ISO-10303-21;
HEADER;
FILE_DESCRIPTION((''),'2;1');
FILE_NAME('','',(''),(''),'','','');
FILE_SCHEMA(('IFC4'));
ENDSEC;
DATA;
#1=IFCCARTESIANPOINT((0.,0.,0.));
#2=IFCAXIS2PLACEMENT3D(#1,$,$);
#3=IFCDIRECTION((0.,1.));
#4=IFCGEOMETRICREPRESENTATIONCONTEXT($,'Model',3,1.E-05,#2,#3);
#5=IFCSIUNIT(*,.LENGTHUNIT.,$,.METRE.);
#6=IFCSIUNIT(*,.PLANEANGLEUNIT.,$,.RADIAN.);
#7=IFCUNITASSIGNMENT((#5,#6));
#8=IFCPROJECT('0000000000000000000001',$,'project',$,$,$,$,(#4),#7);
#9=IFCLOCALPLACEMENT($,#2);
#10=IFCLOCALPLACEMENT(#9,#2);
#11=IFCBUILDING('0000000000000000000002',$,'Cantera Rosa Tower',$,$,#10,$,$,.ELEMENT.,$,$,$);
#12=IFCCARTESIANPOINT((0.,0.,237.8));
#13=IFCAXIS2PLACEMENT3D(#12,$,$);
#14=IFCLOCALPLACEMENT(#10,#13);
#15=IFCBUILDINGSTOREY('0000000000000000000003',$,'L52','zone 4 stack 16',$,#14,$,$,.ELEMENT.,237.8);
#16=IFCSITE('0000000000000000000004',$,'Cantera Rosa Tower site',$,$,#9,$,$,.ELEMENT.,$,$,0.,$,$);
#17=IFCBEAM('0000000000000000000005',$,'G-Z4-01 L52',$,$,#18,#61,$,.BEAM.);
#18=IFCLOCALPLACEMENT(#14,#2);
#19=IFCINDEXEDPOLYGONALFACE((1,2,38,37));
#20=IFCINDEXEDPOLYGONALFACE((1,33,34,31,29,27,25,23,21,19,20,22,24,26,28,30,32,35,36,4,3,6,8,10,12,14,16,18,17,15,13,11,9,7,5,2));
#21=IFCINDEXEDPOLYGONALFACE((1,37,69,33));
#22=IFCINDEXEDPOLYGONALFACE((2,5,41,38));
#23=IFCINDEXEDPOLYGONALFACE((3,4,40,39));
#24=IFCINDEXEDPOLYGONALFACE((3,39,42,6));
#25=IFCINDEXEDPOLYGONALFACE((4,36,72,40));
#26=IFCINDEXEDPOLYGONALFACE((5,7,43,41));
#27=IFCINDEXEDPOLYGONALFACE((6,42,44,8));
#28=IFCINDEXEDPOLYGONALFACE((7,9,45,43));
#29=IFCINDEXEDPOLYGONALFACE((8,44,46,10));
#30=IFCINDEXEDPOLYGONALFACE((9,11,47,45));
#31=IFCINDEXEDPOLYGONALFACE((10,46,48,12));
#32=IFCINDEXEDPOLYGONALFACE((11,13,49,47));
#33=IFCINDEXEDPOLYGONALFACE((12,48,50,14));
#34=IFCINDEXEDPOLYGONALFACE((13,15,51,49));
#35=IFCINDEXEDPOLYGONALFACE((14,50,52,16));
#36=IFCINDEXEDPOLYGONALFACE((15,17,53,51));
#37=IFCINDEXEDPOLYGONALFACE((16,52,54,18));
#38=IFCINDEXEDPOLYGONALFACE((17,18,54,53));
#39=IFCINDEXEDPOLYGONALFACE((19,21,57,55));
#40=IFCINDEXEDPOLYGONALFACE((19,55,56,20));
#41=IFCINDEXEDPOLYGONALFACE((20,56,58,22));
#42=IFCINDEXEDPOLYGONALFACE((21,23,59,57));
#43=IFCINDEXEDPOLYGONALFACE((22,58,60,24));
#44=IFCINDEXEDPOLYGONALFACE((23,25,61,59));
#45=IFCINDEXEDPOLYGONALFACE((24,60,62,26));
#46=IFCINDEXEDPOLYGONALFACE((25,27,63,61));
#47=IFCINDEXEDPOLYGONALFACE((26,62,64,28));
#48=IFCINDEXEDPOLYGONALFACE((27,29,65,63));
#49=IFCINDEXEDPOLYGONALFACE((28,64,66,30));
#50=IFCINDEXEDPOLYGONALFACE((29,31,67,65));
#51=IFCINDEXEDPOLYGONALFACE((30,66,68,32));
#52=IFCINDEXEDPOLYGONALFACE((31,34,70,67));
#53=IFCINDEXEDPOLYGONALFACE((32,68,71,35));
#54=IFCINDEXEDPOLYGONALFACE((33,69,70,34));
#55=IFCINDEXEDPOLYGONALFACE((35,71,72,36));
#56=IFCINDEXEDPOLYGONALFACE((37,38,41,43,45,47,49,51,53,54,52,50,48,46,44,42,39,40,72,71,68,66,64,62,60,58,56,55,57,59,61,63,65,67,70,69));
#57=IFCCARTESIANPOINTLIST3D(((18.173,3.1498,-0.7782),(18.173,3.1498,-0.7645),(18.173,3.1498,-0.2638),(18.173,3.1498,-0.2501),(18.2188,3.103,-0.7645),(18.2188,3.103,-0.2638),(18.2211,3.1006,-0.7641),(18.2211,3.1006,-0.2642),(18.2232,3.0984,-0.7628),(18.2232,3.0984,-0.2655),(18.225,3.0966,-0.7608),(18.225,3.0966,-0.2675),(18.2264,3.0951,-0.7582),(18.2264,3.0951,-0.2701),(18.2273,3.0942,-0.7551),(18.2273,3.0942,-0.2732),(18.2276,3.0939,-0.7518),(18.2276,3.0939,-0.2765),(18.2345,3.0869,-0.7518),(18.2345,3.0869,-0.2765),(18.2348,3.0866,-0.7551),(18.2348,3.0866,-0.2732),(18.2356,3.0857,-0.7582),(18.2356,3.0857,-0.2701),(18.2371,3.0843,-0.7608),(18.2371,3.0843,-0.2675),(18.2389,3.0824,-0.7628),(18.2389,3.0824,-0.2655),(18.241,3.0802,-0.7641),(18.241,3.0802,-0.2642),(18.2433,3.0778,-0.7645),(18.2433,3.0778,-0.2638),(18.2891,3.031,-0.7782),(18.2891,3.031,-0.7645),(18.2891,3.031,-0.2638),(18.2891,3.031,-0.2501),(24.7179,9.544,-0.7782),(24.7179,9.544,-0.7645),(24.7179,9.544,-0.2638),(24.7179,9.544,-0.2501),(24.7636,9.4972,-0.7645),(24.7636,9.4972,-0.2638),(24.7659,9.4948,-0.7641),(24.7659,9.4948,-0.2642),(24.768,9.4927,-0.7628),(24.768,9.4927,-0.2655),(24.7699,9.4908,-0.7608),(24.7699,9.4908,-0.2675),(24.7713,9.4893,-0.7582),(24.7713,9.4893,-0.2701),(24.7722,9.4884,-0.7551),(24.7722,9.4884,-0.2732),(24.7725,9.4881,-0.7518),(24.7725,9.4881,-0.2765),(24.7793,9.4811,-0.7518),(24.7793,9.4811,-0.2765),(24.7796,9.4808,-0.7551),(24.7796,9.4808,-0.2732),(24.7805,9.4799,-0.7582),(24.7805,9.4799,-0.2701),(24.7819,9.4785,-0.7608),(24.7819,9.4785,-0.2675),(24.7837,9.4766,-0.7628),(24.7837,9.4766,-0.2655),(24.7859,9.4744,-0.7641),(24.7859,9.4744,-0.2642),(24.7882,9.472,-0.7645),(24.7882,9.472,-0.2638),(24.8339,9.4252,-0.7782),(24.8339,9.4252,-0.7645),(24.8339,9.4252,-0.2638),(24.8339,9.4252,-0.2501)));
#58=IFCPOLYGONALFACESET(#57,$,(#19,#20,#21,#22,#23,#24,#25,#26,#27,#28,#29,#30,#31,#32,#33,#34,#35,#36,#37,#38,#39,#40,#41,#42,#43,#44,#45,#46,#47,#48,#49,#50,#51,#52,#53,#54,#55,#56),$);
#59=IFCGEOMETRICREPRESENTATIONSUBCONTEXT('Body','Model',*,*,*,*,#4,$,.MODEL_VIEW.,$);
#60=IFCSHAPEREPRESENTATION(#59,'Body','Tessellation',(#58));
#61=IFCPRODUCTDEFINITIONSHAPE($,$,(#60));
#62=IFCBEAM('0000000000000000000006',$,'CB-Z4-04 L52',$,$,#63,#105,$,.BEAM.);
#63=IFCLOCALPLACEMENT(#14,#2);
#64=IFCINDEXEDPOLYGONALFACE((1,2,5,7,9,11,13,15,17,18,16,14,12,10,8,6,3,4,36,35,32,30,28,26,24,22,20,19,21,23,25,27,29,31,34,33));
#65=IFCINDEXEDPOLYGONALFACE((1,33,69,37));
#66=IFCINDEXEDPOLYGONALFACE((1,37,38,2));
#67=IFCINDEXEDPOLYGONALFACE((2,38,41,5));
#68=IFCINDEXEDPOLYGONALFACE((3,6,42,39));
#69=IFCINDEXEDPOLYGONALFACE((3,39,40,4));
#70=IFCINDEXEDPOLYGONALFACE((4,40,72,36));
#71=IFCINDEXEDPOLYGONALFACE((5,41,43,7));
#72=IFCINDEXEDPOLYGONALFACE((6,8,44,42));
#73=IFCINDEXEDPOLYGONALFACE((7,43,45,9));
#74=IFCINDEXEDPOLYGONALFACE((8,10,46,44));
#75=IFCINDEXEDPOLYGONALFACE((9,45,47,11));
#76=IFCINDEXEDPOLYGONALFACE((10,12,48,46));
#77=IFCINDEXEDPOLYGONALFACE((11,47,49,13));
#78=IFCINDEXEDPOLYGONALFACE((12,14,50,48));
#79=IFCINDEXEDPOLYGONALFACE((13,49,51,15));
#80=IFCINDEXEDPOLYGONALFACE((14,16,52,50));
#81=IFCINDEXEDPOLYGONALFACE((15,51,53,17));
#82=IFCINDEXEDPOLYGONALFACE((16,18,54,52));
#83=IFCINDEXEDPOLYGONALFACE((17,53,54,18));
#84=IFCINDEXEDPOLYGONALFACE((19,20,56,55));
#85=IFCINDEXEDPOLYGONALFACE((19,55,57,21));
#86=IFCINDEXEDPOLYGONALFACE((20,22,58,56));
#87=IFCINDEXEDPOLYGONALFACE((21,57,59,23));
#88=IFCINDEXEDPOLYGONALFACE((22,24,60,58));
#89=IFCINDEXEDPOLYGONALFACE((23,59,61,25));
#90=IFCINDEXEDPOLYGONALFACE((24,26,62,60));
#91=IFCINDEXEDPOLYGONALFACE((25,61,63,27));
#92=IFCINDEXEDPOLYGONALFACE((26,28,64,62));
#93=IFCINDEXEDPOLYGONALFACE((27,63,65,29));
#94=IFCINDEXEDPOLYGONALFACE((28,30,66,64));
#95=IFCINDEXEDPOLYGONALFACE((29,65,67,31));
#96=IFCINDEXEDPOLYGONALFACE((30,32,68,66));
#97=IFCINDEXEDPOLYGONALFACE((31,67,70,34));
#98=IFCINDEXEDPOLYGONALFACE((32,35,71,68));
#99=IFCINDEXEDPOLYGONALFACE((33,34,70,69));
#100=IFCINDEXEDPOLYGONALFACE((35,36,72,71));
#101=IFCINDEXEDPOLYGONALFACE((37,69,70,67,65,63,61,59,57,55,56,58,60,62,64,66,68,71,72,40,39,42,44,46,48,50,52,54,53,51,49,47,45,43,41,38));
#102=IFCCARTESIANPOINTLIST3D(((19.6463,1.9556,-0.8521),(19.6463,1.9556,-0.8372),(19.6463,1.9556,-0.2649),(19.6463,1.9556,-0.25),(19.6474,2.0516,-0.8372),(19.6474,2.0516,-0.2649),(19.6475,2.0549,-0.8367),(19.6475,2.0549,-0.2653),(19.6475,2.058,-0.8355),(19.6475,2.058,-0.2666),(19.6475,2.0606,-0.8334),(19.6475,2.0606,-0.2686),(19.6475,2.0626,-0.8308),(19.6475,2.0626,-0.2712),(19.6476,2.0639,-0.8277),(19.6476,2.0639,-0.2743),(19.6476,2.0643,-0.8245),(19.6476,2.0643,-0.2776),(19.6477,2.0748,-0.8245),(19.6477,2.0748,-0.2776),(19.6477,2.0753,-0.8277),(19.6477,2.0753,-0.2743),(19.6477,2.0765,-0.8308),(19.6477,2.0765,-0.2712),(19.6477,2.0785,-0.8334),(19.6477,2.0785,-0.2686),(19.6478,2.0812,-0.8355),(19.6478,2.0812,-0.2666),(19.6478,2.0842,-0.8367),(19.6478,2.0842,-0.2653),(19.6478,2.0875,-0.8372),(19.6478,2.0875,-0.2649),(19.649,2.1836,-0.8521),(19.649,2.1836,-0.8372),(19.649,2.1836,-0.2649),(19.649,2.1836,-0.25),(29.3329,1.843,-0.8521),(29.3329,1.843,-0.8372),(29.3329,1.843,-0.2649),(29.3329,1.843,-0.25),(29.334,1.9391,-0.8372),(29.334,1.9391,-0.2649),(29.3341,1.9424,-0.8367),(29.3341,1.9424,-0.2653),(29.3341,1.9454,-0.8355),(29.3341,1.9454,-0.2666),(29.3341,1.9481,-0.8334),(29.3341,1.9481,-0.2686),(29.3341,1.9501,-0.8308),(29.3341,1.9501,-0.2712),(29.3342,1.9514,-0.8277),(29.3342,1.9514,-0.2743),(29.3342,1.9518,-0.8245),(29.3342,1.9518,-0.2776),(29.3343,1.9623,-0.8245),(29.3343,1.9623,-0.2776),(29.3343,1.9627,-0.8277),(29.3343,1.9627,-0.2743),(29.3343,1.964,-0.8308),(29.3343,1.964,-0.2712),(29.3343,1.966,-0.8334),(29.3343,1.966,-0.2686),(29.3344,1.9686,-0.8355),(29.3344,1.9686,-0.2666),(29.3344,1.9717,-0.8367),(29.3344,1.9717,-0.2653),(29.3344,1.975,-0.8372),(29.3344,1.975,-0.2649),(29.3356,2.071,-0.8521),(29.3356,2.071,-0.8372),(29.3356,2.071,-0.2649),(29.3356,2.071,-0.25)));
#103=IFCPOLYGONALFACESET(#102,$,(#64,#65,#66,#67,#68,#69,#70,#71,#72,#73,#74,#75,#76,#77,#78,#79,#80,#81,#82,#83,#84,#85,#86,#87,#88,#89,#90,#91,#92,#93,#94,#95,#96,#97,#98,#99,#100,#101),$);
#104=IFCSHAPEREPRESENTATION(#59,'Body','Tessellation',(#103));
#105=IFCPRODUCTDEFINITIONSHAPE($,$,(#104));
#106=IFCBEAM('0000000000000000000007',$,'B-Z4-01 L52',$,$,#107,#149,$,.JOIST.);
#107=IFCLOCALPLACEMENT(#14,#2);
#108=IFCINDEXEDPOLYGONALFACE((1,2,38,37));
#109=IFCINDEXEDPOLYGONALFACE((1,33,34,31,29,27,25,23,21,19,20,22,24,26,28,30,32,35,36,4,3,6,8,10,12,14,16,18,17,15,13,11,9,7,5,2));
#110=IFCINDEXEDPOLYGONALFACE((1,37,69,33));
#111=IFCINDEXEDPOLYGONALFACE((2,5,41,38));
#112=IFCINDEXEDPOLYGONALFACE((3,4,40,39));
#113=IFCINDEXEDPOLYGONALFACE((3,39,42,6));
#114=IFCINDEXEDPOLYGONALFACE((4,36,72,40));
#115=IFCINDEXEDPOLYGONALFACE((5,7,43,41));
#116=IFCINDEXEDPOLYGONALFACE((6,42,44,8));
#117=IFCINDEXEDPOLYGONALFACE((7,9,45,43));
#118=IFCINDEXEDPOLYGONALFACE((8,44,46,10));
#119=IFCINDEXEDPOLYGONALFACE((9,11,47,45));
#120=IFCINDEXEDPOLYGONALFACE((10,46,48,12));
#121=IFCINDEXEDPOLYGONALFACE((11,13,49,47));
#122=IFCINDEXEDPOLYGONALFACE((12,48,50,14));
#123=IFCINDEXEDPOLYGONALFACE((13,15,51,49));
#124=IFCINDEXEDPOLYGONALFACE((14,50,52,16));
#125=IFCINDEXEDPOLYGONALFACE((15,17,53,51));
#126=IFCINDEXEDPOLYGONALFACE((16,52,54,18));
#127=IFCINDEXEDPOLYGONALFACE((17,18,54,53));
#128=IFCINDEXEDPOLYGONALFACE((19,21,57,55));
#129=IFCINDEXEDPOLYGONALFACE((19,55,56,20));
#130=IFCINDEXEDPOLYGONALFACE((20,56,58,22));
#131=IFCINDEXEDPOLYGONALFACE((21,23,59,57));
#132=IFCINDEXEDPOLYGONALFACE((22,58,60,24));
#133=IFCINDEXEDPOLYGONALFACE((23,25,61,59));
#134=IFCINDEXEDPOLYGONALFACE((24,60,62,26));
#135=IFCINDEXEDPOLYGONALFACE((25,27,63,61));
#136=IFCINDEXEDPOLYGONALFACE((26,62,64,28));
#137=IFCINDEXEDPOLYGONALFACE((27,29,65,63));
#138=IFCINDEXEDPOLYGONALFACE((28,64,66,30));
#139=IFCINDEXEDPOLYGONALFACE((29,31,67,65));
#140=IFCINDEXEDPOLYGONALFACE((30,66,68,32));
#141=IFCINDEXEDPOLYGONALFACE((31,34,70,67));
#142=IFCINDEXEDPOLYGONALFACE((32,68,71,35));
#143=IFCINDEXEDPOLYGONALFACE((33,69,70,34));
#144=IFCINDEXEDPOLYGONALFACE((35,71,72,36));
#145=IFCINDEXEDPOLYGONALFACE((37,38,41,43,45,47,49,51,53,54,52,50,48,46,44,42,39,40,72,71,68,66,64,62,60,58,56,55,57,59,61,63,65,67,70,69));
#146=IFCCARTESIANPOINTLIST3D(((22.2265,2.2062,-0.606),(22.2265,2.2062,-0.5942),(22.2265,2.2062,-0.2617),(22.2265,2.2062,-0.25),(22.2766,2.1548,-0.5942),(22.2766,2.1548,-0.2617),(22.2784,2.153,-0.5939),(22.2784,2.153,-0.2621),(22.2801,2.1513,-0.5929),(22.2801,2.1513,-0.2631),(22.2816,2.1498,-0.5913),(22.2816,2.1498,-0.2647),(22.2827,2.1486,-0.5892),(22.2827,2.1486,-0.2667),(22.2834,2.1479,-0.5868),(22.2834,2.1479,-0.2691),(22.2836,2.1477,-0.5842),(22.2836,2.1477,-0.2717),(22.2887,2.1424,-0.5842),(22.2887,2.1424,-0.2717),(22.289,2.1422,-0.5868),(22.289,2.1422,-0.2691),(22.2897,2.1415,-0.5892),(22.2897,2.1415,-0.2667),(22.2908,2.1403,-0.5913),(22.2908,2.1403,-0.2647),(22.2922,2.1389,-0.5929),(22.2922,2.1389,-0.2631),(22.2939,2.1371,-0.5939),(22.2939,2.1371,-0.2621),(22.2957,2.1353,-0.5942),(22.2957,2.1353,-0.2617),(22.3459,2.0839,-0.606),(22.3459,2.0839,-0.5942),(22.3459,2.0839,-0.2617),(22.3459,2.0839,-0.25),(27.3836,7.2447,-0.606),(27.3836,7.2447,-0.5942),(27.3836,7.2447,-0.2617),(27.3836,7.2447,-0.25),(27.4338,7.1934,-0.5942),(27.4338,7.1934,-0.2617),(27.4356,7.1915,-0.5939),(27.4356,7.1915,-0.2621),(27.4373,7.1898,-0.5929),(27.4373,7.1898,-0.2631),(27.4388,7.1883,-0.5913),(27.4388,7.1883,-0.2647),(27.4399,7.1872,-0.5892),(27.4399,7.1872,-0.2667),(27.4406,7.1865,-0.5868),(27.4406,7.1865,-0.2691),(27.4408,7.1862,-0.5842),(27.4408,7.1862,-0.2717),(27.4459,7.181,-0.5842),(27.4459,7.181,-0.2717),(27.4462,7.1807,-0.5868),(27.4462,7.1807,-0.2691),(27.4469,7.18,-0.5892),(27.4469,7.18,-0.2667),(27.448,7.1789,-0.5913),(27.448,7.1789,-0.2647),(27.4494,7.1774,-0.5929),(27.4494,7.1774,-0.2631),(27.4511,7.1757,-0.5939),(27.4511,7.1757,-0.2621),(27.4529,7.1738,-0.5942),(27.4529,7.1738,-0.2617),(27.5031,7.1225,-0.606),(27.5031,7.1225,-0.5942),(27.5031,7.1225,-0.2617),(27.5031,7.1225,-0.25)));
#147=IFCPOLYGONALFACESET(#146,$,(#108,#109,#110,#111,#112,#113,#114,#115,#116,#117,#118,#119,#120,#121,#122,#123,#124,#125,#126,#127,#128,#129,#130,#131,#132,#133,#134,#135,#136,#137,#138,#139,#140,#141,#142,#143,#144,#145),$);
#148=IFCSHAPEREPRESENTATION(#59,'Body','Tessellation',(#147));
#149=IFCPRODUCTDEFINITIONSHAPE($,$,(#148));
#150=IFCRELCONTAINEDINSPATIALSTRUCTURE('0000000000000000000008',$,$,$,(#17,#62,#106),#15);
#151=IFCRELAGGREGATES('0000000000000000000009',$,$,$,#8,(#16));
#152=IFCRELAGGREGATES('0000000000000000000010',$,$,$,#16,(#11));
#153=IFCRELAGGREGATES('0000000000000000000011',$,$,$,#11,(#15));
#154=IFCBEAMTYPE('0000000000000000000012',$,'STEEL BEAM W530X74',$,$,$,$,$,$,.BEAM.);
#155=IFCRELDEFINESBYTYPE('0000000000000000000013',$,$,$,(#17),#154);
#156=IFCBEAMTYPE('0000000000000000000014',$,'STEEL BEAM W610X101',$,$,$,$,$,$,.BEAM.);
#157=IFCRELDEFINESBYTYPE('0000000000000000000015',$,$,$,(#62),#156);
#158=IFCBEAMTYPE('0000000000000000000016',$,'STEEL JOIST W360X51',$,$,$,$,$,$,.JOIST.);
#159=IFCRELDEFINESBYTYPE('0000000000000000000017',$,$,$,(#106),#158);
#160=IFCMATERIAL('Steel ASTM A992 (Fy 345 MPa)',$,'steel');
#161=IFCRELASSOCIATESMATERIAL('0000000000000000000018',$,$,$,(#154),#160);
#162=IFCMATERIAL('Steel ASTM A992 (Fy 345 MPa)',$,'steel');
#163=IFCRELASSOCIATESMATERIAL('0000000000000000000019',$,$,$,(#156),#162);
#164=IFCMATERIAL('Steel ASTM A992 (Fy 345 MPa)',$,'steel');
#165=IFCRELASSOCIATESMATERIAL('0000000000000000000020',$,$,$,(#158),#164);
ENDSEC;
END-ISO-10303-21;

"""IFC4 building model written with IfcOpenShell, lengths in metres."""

from ifc_helpers import new_model, si_unit, direction, frame, origin, origin_2d, place, context, subcontext, project, spatial, i_section, extrude, material, material_profile, profile_set, type_object, element, save


model = new_model("IFC4")

# Units and contexts
model_context = context("Model", 3, precision=1e-05, world=origin(), true_north=direction((0.0, 1.0)))
body_context = subcontext(model_context, "Body", "Model", "MODEL_VIEW")
ifc_project = project(units=[si_unit("LENGTHUNIT", "METRE"), si_unit("PLANEANGLEUNIT", "RADIAN")], contexts=[model_context])

# Site, building, storey
site_placement = place(None, origin())
site = spatial("IfcSite", under=ifc_project, at=site_placement, Name="Cantera Rosa Tower site", CompositionType="ELEMENT", RefElevation=0.0)
building_placement = place(site_placement, origin())
building = spatial("IfcBuilding", under=site, at=building_placement, Name="Cantera Rosa Tower", CompositionType="ELEMENT")
storey_placement = place(building_placement, frame((0.0, 0.0, 237.8)))
storey = spatial("IfcBuildingStorey", under=building, at=storey_placement, Name="L52", Description="zone 4 stack 16", CompositionType="ELEMENT", Elevation=237.8)

# Beams
ifc_material_1 = material(Name="Steel ASTM A992 (Fy 345 MPa)", Category="steel")
ifc_material_profile_1 = material_profile(ifc_material_1, i_section(OverallWidth=0.166, OverallDepth=0.5281, WebThickness=0.0098, FlangeThickness=0.0137, FilletRadius=0.0127, at=origin_2d()), Name="W530X74")
ifc_profile_set_1 = profile_set([ifc_material_profile_1], Name="Steel ASTM A992 (Fy 345 MPa)")
beam_type_1 = type_object("IfcBeamType", Name="STEEL BEAM W530X74", PredefinedType="BEAM", material=ifc_profile_set_1)
beam_1_placement = place(storey_placement, frame((24.7759, 9.4846, -0.5142), z_axis=(-0.71529, -0.698827, 0.0), x_axis=(0.698827, -0.71529, 0.0)))
element("IfcBeam", 1, at=beam_1_placement, inside=storey, type_object=beam_type_1, Name="G-Z4-01 L52", PredefinedType="BEAM", context=body_context, shape_type="SweptSolid", body=[
    extrude(i_section(OverallWidth=0.166, OverallDepth=0.5281, WebThickness=0.0098, FlangeThickness=0.0137, FilletRadius=0.0127, at=origin_2d()), origin(), (0.0, 0.0, 1.0), 9.1499),
])
ifc_material_2 = material(Name="Steel ASTM A992 (Fy 345 MPa)", Category="steel")
ifc_material_profile_2 = material_profile(ifc_material_2, i_section(OverallWidth=0.228, OverallDepth=0.6021, WebThickness=0.0105, FlangeThickness=0.0149, FilletRadius=0.0127, at=origin_2d()), Name="W610X101")
ifc_profile_set_2 = profile_set([ifc_material_profile_2], Name="Steel ASTM A992 (Fy 345 MPa)")
beam_type_2 = type_object("IfcBeamType", Name="STEEL BEAM W610X101", PredefinedType="BEAM", material=ifc_profile_set_2)
beam_2_placement = place(storey_placement, frame((29.3342, 1.957, -0.551), z_axis=(-0.999933, 0.011618, 0.0), x_axis=(-0.011618, -0.999933, 0.0)))
element("IfcBeam", 2, at=beam_2_placement, inside=storey, type_object=beam_type_2, Name="CB-Z4-04 L52", PredefinedType="BEAM", context=body_context, shape_type="SweptSolid", body=[
    extrude(i_section(OverallWidth=0.228, OverallDepth=0.6021, WebThickness=0.0105, FlangeThickness=0.0149, FilletRadius=0.0127, at=origin_2d()), origin(), (0.0, 0.0, 1.0), 9.6873),
])
ifc_material_3 = material(Name="Steel ASTM A992 (Fy 345 MPa)", Category="steel")
ifc_material_profile_3 = material_profile(ifc_material_3, i_section(OverallWidth=0.1709, OverallDepth=0.356, WebThickness=0.0073, FlangeThickness=0.0117, FilletRadius=0.01, at=origin_2d()), Name="W360X51")
ifc_profile_set_3 = profile_set([ifc_material_profile_3], Name="Steel ASTM A992 (Fy 345 MPa)")
beam_type_3 = type_object("IfcBeamType", Name="STEEL JOIST W360X51", PredefinedType="JOIST", material=ifc_profile_set_3)
beam_3_placement = place(storey_placement, frame((27.4434, 7.1836, -0.428), z_axis=(-0.715287, -0.698831, 0.0), x_axis=(0.698831, -0.715287, 0.0)))
element("IfcBeam", 3, at=beam_3_placement, inside=storey, type_object=beam_type_3, Name="B-Z4-01 L52", PredefinedType="JOIST", context=body_context, shape_type="SweptSolid", body=[
    extrude(i_section(OverallWidth=0.1709, OverallDepth=0.356, WebThickness=0.0073, FlangeThickness=0.0117, FilletRadius=0.01, at=origin_2d()), origin(), (0.0, 0.0, 1.0), 7.21),
])

save(model, "model.ifc")
